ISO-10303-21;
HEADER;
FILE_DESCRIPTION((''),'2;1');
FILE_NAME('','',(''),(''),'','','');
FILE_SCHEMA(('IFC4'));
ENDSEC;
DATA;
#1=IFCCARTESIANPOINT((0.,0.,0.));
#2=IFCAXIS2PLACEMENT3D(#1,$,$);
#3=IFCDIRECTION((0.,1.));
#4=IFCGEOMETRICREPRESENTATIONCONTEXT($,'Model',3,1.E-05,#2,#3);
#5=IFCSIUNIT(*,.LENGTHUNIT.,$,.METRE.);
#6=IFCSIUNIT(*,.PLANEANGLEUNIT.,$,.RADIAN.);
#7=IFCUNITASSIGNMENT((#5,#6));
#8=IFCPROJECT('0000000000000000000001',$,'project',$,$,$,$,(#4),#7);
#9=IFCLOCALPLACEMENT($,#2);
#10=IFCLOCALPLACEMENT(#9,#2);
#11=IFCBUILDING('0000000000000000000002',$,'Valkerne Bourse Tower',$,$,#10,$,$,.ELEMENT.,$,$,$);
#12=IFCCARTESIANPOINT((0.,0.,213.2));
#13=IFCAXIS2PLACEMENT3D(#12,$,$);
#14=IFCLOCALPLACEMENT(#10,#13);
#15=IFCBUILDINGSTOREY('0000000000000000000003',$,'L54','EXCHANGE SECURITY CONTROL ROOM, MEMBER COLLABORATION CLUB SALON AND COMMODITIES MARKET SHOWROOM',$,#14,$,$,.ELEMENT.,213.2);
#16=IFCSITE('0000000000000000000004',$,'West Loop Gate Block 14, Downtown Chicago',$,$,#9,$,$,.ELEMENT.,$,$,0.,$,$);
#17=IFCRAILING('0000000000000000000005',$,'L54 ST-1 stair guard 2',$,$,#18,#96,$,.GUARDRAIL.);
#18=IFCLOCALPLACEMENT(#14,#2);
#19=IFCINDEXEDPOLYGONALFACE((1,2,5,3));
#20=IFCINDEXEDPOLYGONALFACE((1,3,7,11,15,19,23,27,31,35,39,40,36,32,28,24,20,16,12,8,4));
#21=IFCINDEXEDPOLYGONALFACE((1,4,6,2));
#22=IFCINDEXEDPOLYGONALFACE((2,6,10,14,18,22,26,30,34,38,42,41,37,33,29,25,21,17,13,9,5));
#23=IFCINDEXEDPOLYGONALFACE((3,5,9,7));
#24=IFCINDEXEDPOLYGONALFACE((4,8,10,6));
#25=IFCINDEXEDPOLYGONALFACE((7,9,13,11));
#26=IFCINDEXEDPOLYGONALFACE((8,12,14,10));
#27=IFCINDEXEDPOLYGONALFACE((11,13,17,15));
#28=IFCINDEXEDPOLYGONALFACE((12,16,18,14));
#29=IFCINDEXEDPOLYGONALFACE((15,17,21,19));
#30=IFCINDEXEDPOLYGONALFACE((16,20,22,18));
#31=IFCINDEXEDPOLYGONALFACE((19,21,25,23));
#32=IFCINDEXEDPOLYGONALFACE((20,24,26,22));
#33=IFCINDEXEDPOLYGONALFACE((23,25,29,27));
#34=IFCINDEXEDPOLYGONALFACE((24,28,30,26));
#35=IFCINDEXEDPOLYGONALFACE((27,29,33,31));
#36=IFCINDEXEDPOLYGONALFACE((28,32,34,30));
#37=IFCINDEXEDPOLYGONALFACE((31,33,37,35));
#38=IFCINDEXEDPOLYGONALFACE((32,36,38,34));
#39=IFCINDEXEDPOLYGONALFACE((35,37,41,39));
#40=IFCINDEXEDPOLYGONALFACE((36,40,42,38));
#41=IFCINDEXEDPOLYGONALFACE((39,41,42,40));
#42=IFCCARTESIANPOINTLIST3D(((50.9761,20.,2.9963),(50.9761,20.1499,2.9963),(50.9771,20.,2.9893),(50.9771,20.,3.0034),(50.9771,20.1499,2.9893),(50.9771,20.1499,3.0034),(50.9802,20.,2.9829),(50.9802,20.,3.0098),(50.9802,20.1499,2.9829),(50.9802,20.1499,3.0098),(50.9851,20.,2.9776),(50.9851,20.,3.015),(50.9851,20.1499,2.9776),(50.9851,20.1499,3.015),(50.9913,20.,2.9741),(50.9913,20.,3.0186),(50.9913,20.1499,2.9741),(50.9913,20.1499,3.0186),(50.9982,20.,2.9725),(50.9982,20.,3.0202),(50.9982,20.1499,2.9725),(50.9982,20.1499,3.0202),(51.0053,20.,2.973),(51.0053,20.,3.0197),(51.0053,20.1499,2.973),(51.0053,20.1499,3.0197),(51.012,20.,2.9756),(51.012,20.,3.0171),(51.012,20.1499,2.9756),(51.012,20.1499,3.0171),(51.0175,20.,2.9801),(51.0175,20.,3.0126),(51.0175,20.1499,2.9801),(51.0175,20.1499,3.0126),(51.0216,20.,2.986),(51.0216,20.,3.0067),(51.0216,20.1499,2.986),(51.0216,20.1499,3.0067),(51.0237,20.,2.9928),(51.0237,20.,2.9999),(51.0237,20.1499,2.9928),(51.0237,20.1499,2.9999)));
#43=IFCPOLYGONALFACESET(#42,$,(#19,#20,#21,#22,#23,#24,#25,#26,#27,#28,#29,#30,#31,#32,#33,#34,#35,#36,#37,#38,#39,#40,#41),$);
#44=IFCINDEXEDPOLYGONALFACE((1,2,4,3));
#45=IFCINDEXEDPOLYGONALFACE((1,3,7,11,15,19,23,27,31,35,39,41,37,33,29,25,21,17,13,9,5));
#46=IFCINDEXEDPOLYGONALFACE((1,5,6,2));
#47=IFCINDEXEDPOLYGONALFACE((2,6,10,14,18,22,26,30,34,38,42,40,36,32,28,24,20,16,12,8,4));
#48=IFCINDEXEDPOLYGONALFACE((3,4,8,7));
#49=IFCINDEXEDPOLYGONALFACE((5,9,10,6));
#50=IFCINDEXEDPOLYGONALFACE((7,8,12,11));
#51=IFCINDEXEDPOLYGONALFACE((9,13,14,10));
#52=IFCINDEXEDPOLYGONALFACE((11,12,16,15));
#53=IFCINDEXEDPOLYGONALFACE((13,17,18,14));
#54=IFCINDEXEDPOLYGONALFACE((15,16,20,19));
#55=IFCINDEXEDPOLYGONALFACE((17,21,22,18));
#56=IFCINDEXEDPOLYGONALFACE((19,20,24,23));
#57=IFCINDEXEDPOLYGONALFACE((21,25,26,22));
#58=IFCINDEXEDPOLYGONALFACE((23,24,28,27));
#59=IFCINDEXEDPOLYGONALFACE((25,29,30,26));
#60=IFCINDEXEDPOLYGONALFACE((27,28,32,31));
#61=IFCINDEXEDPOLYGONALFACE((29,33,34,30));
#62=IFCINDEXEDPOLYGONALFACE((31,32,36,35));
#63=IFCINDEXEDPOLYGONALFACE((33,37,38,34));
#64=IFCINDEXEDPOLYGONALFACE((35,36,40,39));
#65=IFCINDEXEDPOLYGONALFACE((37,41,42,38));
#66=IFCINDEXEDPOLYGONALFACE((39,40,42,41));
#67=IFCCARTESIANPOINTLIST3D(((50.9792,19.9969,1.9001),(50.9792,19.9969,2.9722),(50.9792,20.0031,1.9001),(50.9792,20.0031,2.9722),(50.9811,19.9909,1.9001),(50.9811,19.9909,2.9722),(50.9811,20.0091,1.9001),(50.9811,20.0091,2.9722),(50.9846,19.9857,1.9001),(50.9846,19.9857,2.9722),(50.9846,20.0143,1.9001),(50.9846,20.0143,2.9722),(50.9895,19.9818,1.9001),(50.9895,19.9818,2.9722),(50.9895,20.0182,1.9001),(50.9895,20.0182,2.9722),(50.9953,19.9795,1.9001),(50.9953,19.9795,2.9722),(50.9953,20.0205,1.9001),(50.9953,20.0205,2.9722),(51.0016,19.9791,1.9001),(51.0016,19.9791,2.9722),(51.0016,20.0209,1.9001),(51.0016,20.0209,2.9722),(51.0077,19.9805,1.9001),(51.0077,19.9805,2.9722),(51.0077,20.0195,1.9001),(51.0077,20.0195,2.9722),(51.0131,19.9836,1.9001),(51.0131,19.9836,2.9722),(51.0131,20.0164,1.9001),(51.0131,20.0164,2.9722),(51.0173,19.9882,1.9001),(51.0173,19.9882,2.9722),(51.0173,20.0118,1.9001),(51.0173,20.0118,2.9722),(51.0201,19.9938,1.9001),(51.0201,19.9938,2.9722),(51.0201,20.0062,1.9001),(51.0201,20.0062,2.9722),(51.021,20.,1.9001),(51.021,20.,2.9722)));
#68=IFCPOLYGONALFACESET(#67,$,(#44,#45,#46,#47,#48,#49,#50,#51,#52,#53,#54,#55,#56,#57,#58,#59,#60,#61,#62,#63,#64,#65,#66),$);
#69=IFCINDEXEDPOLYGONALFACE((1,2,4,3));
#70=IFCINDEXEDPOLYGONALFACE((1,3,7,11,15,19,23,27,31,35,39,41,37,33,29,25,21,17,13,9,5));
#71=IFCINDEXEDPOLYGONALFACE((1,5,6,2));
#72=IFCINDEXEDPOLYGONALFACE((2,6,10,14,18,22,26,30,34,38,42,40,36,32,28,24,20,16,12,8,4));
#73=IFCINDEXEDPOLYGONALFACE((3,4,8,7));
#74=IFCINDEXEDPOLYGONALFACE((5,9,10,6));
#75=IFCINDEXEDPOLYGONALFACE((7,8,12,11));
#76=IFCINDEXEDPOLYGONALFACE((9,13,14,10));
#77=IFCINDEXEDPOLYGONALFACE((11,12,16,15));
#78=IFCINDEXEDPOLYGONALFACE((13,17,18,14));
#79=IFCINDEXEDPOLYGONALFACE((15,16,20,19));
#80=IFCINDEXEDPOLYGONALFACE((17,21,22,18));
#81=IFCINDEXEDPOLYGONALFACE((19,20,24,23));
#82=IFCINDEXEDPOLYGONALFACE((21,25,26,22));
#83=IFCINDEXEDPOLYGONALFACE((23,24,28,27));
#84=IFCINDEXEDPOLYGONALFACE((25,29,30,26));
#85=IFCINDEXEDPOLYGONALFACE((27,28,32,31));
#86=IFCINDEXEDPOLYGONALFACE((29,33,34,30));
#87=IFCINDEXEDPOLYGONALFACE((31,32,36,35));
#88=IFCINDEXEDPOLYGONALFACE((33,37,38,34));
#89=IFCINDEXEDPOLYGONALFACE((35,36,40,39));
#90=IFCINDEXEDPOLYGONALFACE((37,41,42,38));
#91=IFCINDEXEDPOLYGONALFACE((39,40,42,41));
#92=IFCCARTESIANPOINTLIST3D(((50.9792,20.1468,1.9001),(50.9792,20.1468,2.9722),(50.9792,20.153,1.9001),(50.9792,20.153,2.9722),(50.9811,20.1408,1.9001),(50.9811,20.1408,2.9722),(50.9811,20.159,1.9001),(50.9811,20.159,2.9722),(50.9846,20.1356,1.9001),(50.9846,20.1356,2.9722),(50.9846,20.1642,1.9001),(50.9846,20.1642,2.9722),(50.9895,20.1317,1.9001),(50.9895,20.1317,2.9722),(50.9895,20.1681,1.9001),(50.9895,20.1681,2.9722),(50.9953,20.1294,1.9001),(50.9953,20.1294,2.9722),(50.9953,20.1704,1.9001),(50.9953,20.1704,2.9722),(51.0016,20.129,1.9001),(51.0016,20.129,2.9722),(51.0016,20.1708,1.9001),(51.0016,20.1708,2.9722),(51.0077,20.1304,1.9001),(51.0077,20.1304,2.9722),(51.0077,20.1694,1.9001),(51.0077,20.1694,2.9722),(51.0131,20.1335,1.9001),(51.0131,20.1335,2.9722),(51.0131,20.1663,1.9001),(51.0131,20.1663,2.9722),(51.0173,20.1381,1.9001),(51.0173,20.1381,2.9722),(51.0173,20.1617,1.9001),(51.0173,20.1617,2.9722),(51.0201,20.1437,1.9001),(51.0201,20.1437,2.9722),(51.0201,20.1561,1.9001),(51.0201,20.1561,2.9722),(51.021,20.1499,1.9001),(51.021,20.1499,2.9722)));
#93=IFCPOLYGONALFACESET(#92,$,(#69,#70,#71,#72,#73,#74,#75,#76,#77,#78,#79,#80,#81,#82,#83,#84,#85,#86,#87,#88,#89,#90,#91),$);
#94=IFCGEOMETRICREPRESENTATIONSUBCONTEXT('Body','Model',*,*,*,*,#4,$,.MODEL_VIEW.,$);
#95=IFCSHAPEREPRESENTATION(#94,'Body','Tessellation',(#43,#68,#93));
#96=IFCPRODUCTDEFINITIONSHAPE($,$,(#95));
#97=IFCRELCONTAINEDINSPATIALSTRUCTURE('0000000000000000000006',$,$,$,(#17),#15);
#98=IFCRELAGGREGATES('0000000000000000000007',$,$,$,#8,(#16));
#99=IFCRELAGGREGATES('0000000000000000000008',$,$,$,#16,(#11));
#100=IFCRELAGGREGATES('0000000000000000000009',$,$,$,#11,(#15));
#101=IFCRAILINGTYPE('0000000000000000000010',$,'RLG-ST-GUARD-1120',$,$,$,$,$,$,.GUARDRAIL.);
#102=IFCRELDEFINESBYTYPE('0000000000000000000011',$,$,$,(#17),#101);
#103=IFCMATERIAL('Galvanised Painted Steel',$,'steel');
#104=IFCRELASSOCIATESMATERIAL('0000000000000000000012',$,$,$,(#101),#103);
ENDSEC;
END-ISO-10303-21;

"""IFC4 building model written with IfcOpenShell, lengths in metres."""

from ifc_helpers import new_model, si_unit, direction, frame, origin, origin_2d, place, context, subcontext, project, spatial, circle, extrude, material, type_object, element, save


model = new_model("IFC4")

# Units and contexts
model_context = context("Model", 3, precision=1e-05, world=origin(), true_north=direction((0.0, 1.0)))
body_context = subcontext(model_context, "Body", "Model", "MODEL_VIEW")
ifc_project = project(units=[si_unit("LENGTHUNIT", "METRE"), si_unit("PLANEANGLEUNIT", "RADIAN")], contexts=[model_context])

# Site, building, storey
site_placement = place(None, origin())
site = spatial("IfcSite", under=ifc_project, at=site_placement, Name="West Loop Gate Block 14, Downtown Chicago", CompositionType="ELEMENT", RefElevation=0.0)
building_placement = place(site_placement, origin())
building = spatial("IfcBuilding", under=site, at=building_placement, Name="Valkerne Bourse Tower", CompositionType="ELEMENT")
storey_placement = place(building_placement, frame((0.0, 0.0, 213.2)))
storey = spatial("IfcBuildingStorey", under=building, at=storey_placement, Name="L54", Description="EXCHANGE SECURITY CONTROL ROOM, MEMBER COLLABORATION CLUB SALON AND COMMODITIES MARKET SHOWROOM", CompositionType="ELEMENT", Elevation=213.2)

# Shared definitions
ifc_material_1 = material(Name="Galvanised Painted Steel", Category="steel")

# Railing
railing_type_1 = type_object("IfcRailingType", Name="RLG-ST-GUARD-1120", PredefinedType="GUARDRAIL", material=ifc_material_1)
railing_1_placement = place(storey_placement, frame((51.0, 20.0, 1.9001)))
element("IfcRailing", 1, at=railing_1_placement, inside=storey, type_object=railing_type_1, Name="L54 ST-1 stair guard 2", PredefinedType="GUARDRAIL", context=body_context, shape_type="SweptSolid", body=[
    extrude(circle(Radius=0.0239, at=origin_2d()), frame((0.0, 0.0, 1.0962), z_axis=(0.0, 1.0, 0.0), x_axis=(-1.0, 0.0, 0.0)), (0.0, 0.0, 1.0), 0.1499),
    extrude(circle(Radius=0.021, at=origin_2d()), origin(), (0.0, 0.0, 1.0), 1.072),
    extrude(circle(Radius=0.021, at=origin_2d()), frame((0.0, 0.1499, 0.0)), (0.0, 0.0, 1.0), 1.072),
])

save(model, "model.ifc")
